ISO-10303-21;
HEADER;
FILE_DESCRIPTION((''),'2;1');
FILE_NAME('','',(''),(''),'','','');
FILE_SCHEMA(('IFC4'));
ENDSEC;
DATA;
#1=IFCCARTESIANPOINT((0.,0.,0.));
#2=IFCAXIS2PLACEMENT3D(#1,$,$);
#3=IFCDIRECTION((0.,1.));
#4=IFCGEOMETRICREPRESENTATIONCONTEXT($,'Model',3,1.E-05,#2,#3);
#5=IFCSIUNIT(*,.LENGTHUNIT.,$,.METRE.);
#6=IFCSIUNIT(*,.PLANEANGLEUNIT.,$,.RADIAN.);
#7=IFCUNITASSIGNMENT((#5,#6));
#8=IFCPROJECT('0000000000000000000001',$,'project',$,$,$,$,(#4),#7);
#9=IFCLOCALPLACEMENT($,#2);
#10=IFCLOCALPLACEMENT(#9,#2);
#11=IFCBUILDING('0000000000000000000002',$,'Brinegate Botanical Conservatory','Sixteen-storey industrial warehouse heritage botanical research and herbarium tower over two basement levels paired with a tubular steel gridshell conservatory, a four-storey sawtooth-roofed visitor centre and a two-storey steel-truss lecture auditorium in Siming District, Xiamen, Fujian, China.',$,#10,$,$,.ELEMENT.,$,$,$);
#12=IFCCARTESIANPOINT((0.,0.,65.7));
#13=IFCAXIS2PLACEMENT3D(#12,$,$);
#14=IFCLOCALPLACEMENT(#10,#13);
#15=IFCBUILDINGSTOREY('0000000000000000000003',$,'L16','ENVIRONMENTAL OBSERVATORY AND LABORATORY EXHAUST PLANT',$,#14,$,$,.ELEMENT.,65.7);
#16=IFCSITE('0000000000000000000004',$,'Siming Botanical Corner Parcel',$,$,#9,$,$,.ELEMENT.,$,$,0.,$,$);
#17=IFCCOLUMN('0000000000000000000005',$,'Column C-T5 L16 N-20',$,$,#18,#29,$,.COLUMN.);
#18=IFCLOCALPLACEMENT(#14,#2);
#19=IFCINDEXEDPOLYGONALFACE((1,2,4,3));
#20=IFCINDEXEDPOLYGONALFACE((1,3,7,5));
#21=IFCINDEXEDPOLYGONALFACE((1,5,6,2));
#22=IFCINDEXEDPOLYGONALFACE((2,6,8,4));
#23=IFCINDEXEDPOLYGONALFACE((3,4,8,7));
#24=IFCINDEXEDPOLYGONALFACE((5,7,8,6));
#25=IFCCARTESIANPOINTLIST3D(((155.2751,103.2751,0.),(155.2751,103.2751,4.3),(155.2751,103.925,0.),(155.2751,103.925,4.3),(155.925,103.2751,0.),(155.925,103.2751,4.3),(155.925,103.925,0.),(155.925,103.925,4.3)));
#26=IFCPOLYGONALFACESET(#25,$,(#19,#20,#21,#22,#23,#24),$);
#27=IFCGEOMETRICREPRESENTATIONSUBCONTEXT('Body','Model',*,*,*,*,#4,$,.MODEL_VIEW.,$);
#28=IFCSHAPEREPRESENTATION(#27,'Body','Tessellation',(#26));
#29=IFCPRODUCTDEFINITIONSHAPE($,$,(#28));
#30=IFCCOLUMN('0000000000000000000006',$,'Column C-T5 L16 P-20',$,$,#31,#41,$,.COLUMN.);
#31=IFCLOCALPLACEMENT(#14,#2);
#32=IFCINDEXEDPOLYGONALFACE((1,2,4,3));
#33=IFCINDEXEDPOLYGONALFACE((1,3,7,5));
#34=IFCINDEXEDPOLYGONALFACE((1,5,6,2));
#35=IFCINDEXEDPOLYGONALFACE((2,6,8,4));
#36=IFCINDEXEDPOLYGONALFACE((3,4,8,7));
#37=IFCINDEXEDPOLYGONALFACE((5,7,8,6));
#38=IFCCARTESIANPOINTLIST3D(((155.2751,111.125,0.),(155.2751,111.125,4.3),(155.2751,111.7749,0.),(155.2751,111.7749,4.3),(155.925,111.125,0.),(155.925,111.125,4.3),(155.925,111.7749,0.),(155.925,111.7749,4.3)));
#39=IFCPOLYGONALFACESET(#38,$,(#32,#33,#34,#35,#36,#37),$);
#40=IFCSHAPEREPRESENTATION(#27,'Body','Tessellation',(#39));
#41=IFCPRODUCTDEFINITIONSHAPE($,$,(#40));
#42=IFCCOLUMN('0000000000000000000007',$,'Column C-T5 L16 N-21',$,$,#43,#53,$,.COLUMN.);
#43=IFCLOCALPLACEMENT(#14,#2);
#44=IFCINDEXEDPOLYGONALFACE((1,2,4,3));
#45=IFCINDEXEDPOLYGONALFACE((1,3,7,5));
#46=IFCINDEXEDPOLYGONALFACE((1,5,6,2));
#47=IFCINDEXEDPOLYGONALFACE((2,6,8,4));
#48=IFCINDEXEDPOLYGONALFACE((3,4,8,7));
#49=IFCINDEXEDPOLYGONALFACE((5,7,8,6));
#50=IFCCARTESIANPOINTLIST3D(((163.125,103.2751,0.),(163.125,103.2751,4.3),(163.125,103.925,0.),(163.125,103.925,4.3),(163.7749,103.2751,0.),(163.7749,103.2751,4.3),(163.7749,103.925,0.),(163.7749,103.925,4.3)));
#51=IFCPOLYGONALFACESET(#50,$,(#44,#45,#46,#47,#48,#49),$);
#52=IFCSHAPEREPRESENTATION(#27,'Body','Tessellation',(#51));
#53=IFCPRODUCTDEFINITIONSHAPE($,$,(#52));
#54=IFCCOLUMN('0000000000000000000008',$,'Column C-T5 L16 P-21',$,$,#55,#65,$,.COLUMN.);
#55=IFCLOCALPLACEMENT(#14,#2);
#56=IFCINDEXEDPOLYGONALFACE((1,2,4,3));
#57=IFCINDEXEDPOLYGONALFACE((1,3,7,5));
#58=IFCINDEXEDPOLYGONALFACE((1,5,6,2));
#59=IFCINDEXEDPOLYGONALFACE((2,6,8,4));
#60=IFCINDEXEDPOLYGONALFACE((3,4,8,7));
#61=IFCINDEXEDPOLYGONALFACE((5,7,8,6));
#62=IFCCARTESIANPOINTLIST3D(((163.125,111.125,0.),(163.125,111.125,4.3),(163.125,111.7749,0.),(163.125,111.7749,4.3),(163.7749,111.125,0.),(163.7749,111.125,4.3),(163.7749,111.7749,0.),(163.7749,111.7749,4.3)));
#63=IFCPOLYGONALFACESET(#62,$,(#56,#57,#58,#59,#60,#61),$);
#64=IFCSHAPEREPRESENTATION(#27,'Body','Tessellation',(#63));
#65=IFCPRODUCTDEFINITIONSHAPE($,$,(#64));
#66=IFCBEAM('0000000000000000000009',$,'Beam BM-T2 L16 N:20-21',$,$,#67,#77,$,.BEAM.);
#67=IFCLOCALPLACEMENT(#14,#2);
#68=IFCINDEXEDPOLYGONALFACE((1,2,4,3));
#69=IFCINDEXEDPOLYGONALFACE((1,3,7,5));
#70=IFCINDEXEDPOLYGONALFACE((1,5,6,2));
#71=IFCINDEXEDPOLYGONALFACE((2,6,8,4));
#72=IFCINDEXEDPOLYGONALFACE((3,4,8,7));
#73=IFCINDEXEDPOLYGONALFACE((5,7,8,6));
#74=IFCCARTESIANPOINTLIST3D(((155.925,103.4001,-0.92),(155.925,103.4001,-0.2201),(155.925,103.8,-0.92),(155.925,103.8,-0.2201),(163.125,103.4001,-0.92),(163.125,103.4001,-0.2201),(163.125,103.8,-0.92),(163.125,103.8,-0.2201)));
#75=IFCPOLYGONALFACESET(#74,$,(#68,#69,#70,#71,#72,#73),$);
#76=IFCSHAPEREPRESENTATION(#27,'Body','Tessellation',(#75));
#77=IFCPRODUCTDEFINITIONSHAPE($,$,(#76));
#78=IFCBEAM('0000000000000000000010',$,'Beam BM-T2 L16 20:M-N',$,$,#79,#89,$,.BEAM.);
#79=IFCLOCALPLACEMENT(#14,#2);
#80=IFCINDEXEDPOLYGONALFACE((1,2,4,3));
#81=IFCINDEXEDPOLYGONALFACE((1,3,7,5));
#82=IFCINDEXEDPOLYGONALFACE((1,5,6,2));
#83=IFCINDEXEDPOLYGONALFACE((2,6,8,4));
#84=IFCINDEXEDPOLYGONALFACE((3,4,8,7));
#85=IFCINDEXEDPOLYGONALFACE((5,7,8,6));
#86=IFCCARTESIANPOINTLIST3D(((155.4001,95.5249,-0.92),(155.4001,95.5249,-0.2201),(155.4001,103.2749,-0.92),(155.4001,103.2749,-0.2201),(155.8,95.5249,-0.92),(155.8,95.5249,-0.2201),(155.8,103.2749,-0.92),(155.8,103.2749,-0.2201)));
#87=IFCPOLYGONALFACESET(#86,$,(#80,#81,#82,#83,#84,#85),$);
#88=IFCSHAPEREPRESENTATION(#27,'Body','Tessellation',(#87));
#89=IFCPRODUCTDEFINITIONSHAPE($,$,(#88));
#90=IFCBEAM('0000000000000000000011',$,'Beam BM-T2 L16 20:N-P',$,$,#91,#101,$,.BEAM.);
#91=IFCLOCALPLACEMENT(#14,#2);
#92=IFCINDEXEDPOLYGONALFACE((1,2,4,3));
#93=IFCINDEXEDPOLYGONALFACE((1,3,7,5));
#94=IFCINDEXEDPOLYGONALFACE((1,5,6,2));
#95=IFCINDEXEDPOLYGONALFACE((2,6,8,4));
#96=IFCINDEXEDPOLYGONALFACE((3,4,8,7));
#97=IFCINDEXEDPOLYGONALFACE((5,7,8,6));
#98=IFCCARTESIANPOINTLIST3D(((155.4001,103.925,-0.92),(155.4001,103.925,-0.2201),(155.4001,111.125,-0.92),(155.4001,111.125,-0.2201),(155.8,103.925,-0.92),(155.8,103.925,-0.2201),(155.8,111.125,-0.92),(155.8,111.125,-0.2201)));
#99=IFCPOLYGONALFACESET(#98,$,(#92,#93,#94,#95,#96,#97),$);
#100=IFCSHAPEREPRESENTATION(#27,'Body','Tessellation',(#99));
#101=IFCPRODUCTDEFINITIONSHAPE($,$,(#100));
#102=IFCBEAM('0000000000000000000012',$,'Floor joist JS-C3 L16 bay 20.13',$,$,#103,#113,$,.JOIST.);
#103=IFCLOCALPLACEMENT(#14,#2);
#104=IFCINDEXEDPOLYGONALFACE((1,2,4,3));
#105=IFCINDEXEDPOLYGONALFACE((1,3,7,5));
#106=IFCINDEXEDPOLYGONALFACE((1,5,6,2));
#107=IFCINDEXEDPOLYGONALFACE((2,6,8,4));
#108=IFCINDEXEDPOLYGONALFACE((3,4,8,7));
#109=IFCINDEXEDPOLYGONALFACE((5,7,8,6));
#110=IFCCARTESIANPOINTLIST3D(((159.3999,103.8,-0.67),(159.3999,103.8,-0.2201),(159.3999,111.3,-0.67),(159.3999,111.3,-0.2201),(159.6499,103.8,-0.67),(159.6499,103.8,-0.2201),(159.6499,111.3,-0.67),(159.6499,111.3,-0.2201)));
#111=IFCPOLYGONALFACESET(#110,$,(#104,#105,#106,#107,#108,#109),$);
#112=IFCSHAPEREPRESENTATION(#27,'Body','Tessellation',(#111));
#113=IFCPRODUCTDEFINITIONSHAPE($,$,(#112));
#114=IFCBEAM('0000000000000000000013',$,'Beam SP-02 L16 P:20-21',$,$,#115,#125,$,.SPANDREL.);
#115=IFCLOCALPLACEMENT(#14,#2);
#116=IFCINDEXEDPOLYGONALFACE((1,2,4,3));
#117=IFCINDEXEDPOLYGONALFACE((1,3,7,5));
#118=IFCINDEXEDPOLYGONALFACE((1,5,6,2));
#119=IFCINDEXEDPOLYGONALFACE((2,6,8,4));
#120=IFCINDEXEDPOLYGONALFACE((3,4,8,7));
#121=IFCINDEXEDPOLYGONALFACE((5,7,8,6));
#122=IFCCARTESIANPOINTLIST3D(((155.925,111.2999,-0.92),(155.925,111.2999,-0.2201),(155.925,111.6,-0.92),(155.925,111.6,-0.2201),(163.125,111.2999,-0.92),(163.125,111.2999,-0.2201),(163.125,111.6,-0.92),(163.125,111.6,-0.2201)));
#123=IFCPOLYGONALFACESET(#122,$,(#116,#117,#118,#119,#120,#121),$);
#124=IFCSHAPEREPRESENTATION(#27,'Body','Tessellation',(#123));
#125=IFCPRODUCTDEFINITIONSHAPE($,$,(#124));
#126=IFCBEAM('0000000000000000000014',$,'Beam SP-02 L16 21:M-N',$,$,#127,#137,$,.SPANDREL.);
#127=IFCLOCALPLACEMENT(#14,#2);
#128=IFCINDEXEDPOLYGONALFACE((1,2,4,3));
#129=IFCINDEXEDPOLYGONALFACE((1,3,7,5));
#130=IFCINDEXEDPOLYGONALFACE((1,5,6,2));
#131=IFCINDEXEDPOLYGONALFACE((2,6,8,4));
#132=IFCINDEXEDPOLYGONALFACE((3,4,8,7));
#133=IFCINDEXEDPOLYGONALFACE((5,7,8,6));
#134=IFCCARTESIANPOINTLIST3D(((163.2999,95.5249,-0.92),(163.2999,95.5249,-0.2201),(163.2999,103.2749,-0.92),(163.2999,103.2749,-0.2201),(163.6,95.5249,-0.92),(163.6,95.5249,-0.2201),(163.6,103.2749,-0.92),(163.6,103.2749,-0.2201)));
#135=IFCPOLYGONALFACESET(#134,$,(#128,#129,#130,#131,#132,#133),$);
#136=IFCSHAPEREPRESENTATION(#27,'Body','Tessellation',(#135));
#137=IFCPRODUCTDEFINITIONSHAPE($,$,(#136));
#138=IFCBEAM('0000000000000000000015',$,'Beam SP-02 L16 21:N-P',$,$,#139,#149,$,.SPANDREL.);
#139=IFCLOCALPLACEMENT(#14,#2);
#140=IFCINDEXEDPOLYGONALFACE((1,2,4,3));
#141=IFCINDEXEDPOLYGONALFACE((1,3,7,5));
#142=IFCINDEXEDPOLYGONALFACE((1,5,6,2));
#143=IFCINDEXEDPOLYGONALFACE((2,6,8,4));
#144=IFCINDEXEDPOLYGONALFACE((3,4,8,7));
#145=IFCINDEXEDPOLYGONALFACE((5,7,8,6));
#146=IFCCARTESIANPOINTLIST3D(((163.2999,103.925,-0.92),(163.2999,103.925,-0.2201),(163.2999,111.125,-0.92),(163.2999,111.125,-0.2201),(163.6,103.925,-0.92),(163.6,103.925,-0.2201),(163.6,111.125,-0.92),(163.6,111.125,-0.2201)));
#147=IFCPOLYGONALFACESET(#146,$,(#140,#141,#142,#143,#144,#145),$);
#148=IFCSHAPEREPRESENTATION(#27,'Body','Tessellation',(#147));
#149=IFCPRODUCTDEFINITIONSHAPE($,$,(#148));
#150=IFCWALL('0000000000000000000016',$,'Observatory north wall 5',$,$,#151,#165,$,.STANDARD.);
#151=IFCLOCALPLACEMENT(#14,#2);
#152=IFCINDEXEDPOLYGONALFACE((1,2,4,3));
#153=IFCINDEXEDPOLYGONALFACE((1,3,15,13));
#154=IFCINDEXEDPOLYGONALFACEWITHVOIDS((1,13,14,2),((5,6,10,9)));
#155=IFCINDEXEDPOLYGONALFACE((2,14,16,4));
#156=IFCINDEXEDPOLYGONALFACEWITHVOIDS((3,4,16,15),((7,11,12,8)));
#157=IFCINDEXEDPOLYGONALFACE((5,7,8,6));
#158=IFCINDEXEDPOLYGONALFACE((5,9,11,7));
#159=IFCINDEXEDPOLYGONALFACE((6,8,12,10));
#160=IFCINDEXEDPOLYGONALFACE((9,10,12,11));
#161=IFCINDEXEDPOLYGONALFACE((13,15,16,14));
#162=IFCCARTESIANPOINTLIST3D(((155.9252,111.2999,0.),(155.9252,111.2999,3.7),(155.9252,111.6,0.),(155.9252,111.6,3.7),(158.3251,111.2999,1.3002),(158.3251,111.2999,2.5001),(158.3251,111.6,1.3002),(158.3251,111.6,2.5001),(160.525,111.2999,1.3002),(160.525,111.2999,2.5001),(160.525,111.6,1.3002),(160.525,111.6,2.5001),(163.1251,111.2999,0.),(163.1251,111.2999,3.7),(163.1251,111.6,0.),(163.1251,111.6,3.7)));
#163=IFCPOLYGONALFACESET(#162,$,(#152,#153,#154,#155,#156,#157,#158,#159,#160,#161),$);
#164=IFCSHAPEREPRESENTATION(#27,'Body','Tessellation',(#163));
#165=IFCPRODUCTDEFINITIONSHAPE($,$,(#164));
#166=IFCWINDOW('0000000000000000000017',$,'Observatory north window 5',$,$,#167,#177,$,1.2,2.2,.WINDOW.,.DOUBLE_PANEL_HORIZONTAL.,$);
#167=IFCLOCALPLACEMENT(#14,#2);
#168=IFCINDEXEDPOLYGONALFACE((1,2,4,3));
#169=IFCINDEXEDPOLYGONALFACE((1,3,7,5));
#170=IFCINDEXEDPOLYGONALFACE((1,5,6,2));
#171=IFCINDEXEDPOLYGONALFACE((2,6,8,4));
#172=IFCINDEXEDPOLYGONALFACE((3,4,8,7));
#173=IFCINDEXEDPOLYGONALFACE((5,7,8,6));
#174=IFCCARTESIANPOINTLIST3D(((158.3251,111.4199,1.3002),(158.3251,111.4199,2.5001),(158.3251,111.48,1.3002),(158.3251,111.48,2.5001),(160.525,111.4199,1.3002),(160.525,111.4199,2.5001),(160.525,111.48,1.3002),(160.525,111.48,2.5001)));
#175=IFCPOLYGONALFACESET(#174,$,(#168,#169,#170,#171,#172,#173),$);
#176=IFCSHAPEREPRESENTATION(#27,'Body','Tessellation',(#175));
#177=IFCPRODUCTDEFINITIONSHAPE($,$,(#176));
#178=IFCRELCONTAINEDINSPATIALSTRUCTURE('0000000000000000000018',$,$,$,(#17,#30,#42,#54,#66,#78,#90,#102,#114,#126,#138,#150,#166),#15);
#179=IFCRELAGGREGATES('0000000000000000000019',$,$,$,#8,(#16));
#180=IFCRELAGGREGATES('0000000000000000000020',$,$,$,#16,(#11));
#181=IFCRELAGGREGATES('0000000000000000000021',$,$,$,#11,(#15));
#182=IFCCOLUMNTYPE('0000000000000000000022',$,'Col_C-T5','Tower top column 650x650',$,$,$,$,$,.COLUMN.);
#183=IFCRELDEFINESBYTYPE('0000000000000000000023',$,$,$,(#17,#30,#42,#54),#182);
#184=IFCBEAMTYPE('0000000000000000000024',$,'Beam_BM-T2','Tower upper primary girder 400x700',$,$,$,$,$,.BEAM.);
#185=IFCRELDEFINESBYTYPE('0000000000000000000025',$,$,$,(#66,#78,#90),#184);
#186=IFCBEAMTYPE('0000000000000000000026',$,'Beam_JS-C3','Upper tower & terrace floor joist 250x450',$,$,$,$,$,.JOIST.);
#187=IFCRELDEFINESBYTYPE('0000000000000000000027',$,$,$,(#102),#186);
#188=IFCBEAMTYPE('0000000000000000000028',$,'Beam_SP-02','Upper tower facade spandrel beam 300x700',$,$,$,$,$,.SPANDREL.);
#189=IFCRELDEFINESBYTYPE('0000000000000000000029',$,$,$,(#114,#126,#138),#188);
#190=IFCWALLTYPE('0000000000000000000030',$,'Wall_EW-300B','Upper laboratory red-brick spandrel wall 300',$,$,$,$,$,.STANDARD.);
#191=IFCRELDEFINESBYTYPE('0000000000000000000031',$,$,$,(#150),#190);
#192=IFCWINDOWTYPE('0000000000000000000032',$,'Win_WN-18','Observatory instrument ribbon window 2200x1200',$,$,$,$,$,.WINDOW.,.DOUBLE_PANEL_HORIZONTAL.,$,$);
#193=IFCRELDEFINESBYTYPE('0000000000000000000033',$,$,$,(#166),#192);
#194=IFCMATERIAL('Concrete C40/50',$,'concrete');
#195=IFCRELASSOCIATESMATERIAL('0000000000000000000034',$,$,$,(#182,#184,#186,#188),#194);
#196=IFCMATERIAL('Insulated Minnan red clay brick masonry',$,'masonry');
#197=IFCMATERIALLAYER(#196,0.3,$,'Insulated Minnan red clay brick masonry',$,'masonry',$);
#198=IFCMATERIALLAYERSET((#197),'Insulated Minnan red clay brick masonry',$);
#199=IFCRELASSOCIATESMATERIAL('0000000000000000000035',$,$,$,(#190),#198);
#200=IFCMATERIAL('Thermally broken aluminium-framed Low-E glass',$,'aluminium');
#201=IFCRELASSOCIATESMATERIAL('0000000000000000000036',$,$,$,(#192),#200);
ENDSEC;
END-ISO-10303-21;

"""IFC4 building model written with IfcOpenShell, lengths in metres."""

from ifc_helpers import new_model, si_unit, direction, frame, frame_2d, origin, origin_2d, place, context, subcontext, project, spatial, rectangle, extrude, material, layer, layer_set, material_profile, profile_set, type_object, element, fill, save


model = new_model("IFC4")

# Units and contexts
model_context = context("Model", 3, precision=1e-05, world=origin(), true_north=direction((0.0, 1.0)))
body_context = subcontext(model_context, "Body", "Model", "MODEL_VIEW")
ifc_project = project(units=[si_unit("LENGTHUNIT", "METRE"), si_unit("PLANEANGLEUNIT", "RADIAN")], contexts=[model_context])

# Site, building, storey
site_placement = place(None, origin())
site = spatial("IfcSite", under=ifc_project, at=site_placement, Name="Siming Botanical Corner Parcel", CompositionType="ELEMENT", RefElevation=0.0)
building_placement = place(site_placement, origin())
building = spatial("IfcBuilding", under=site, at=building_placement, Name="Brinegate Botanical Conservatory", Description="Sixteen-storey industrial warehouse heritage botanical research and herbarium tower over two basement levels paired with a tubular steel gridshell conservatory, a four-storey sawtooth-roofed visitor centre and a two-storey steel-truss lecture auditorium in Siming District, Xiamen, Fujian, China.", CompositionType="ELEMENT")
storey_placement = place(building_placement, frame((0.0, 0.0, 65.7)))
storey = spatial("IfcBuildingStorey", under=building, at=storey_placement, Name="L16", Description="ENVIRONMENTAL OBSERVATORY AND LABORATORY EXHAUST PLANT", CompositionType="ELEMENT", Elevation=65.7)

# Columns
ifc_material_1 = material(Name="Concrete C40/50", Category="concrete")
ifc_material_profile_1 = material_profile(ifc_material_1, rectangle(XDim=0.6499, YDim=0.6499, at=origin_2d()), Name="RC COL 650x650")
ifc_profile_set_1 = profile_set([ifc_material_profile_1], Name="Concrete C40/50")
column_type = type_object("IfcColumnType", Name="Col_C-T5", Description="Tower top column 650x650", PredefinedType="COLUMN", material=ifc_profile_set_1)
for number, where, z_axis, x_axis, name in (
    (1, (155.6001, 103.6001, 0.0), (0.0, 0.0, 1.0), (1.0, 0.0, 0.0), "Column C-T5 L16 N-20"),
    (2, (155.6001, 111.45, 0.0), (0.0, 0.0, 1.0), (1.0, 0.0, 0.0), "Column C-T5 L16 P-20"),
    (3, (163.45, 103.6001, 0.0), (0.0, 0.0, 1.0), (1.0, 0.0, 0.0), "Column C-T5 L16 N-21"),
    (4, (163.45, 111.45, 0.0), (0.0, 0.0, 1.0), (1.0, 0.0, 0.0), "Column C-T5 L16 P-21"),
):
    element("IfcColumn", number, at=place(storey_placement, frame(where, z_axis=z_axis, x_axis=x_axis)), inside=storey, type_object=column_type, Name=name, PredefinedType="COLUMN", context=body_context, shape_type="SweptSolid", body=[
        extrude(rectangle(XDim=0.6499, YDim=0.6499, at=origin_2d()), origin(), (0.0, 0.0, 1.0), 4.3),
    ])

# Beams
ifc_material_profile_2 = material_profile(ifc_material_1, rectangle(XDim=0.3999, YDim=0.7, at=origin_2d()), Name="RC BM 400x700")
ifc_profile_set_2 = profile_set([ifc_material_profile_2], Name="Concrete C40/50")
beam_type_1 = type_object("IfcBeamType", Name="Beam_BM-T2", Description="Tower upper primary girder 400x700", PredefinedType="BEAM", material=ifc_profile_set_2)
beam_1_placement = place(storey_placement, frame((155.925, 103.6001, -0.5701), z_axis=(1.0, 0.0, 0.0), x_axis=(0.0, 1.0, 0.0)))
element("IfcBeam", 5, at=beam_1_placement, inside=storey, type_object=beam_type_1, Name="Beam BM-T2 L16 N:20-21", PredefinedType="BEAM", context=body_context, shape_type="SweptSolid", body=[
    extrude(rectangle(XDim=0.3999, YDim=0.7, at=origin_2d()), origin(), (0.0, 0.0, 1.0), 7.2),
])
beam_2_placement = place(storey_placement, frame((155.6001, 95.5249, -0.5701), z_axis=(0.0, 1.0, 0.0), x_axis=(-1.0, 0.0, 0.0)))
element("IfcBeam", 6, at=beam_2_placement, inside=storey, type_object=beam_type_1, Name="Beam BM-T2 L16 20:M-N", PredefinedType="BEAM", context=body_context, shape_type="SweptSolid", body=[
    extrude(rectangle(XDim=0.3999, YDim=0.7, at=origin_2d()), origin(), (0.0, 0.0, 1.0), 7.75),
])
beam_3_placement = place(storey_placement, frame((155.6001, 103.925, -0.5701), z_axis=(0.0, 1.0, 0.0), x_axis=(-1.0, 0.0, 0.0)))
element("IfcBeam", 7, at=beam_3_placement, inside=storey, type_object=beam_type_1, Name="Beam BM-T2 L16 20:N-P", PredefinedType="BEAM", context=body_context, shape_type="SweptSolid", body=[
    extrude(rectangle(XDim=0.3999, YDim=0.7, at=origin_2d()), origin(), (0.0, 0.0, 1.0), 7.2),
])
ifc_material_profile_3 = material_profile(ifc_material_1, rectangle(XDim=0.25, YDim=0.45, at=origin_2d()), Name="RC JST 250x450")
ifc_profile_set_3 = profile_set([ifc_material_profile_3], Name="Concrete C40/50")
beam_type_2 = type_object("IfcBeamType", Name="Beam_JS-C3", Description="Upper tower & terrace floor joist 250x450", PredefinedType="JOIST", material=ifc_profile_set_3)
beam_4_placement = place(storey_placement, frame((159.5249, 103.8, -0.4451), z_axis=(0.0, 1.0, 0.0), x_axis=(-1.0, 0.0, 0.0)))
element("IfcBeam", 8, at=beam_4_placement, inside=storey, type_object=beam_type_2, Name="Floor joist JS-C3 L16 bay 20.13", PredefinedType="JOIST", context=body_context, shape_type="SweptSolid", body=[
    extrude(rectangle(XDim=0.25, YDim=0.45, at=origin_2d()), origin(), (0.0, 0.0, 1.0), 7.5),
])
ifc_material_profile_4 = material_profile(ifc_material_1, rectangle(XDim=0.3, YDim=0.7, at=origin_2d()), Name="RC SPN 300x700")
ifc_profile_set_4 = profile_set([ifc_material_profile_4], Name="Concrete C40/50")
beam_type_3 = type_object("IfcBeamType", Name="Beam_SP-02", Description="Upper tower facade spandrel beam 300x700", PredefinedType="SPANDREL", material=ifc_profile_set_4)
beam_5_placement = place(storey_placement, frame((155.925, 111.45, -0.5701), z_axis=(1.0, 0.0, 0.0), x_axis=(0.0, 1.0, 0.0)))
element("IfcBeam", 9, at=beam_5_placement, inside=storey, type_object=beam_type_3, Name="Beam SP-02 L16 P:20-21", PredefinedType="SPANDREL", context=body_context, shape_type="SweptSolid", body=[
    extrude(rectangle(XDim=0.3, YDim=0.7, at=origin_2d()), origin(), (0.0, 0.0, 1.0), 7.2),
])
beam_6_placement = place(storey_placement, frame((163.45, 95.5249, -0.5701), z_axis=(0.0, 1.0, 0.0), x_axis=(-1.0, 0.0, 0.0)))
element("IfcBeam", 10, at=beam_6_placement, inside=storey, type_object=beam_type_3, Name="Beam SP-02 L16 21:M-N", PredefinedType="SPANDREL", context=body_context, shape_type="SweptSolid", body=[
    extrude(rectangle(XDim=0.3, YDim=0.7, at=origin_2d()), origin(), (0.0, 0.0, 1.0), 7.75),
])
beam_7_placement = place(storey_placement, frame((163.45, 103.925, -0.5701), z_axis=(0.0, 1.0, 0.0), x_axis=(-1.0, 0.0, 0.0)))
element("IfcBeam", 11, at=beam_7_placement, inside=storey, type_object=beam_type_3, Name="Beam SP-02 L16 21:N-P", PredefinedType="SPANDREL", context=body_context, shape_type="SweptSolid", body=[
    extrude(rectangle(XDim=0.3, YDim=0.7, at=origin_2d()), origin(), (0.0, 0.0, 1.0), 7.2),
])

# Wall, opening, window
ifc_material_2 = material(Name="Insulated Minnan red clay brick masonry", Category="masonry")
ifc_layer_1 = layer(ifc_material_2, 0.3, Name="Insulated Minnan red clay brick masonry", Category="masonry")
ifc_layer_set_1 = layer_set([ifc_layer_1], Name="Insulated Minnan red clay brick masonry")
wall_type_1 = type_object("IfcWallType", Name="Wall_EW-300B", Description="Upper laboratory red-brick spandrel wall 300", PredefinedType="STANDARD", material=ifc_layer_set_1)
wall_1_placement = place(storey_placement, frame((155.925, 111.45, 0.0), z_axis=(0.0, 0.0, 1.0), x_axis=(1.0, 0.0, 0.0)))
wall_1 = element("IfcWall", 12, at=wall_1_placement, inside=storey, type_object=wall_type_1, Name="Observatory north wall 5", PredefinedType="STANDARD", context=body_context, shape_type="SweptSolid", body=[
    extrude(rectangle(XDim=7.2, YDim=0.3, at=frame_2d((3.6001, 0.0))), origin(), (0.0, 0.0, 1.0), 3.7),
])
opening_1_placement = place(wall_1_placement, frame((2.3999, 0.0, 1.3)))
opening_1 = element("IfcOpeningElement", 13, at=opening_1_placement, cuts=wall_1, PredefinedType="OPENING", context=body_context, shape_type="SweptSolid", body=[
    extrude(rectangle(XDim=2.2, YDim=1.2, at=frame_2d((1.1001, 0.6001))), frame((0.0, 0.1599, 0.0), z_axis=(0.0, -1.0, 0.0), x_axis=(1.0, 0.0, 0.0)), (0.0, 0.0, 1.0), 0.3201),
])
ifc_material_3 = material(Name="Thermally broken aluminium-framed Low-E glass", Category="aluminium")
window_type_1 = type_object("IfcWindowType", Name="Win_WN-18", Description="Observatory instrument ribbon window 2200x1200", PartitioningType="DOUBLE_PANEL_HORIZONTAL", PredefinedType="WINDOW", material=ifc_material_3)
window_1_placement = place(opening_1_placement, origin())
window_1 = element("IfcWindow", 14, at=window_1_placement, inside=storey, type_object=window_type_1, Name="Observatory north window 5", OverallHeight=1.2, OverallWidth=2.2, PartitioningType="DOUBLE_PANEL_HORIZONTAL", PredefinedType="WINDOW", context=body_context, shape_type="SweptSolid", body=[
    extrude(rectangle(XDim=2.2, YDim=1.2, at=frame_2d((1.1001, 0.6001))), frame((0.0, 0.03, 0.0), z_axis=(0.0, -1.0, 0.0), x_axis=(1.0, 0.0, 0.0)), (0.0, 0.0, 1.0), 0.0601),
])
fill(opening_1, window_1)

save(model, "model.ifc")
